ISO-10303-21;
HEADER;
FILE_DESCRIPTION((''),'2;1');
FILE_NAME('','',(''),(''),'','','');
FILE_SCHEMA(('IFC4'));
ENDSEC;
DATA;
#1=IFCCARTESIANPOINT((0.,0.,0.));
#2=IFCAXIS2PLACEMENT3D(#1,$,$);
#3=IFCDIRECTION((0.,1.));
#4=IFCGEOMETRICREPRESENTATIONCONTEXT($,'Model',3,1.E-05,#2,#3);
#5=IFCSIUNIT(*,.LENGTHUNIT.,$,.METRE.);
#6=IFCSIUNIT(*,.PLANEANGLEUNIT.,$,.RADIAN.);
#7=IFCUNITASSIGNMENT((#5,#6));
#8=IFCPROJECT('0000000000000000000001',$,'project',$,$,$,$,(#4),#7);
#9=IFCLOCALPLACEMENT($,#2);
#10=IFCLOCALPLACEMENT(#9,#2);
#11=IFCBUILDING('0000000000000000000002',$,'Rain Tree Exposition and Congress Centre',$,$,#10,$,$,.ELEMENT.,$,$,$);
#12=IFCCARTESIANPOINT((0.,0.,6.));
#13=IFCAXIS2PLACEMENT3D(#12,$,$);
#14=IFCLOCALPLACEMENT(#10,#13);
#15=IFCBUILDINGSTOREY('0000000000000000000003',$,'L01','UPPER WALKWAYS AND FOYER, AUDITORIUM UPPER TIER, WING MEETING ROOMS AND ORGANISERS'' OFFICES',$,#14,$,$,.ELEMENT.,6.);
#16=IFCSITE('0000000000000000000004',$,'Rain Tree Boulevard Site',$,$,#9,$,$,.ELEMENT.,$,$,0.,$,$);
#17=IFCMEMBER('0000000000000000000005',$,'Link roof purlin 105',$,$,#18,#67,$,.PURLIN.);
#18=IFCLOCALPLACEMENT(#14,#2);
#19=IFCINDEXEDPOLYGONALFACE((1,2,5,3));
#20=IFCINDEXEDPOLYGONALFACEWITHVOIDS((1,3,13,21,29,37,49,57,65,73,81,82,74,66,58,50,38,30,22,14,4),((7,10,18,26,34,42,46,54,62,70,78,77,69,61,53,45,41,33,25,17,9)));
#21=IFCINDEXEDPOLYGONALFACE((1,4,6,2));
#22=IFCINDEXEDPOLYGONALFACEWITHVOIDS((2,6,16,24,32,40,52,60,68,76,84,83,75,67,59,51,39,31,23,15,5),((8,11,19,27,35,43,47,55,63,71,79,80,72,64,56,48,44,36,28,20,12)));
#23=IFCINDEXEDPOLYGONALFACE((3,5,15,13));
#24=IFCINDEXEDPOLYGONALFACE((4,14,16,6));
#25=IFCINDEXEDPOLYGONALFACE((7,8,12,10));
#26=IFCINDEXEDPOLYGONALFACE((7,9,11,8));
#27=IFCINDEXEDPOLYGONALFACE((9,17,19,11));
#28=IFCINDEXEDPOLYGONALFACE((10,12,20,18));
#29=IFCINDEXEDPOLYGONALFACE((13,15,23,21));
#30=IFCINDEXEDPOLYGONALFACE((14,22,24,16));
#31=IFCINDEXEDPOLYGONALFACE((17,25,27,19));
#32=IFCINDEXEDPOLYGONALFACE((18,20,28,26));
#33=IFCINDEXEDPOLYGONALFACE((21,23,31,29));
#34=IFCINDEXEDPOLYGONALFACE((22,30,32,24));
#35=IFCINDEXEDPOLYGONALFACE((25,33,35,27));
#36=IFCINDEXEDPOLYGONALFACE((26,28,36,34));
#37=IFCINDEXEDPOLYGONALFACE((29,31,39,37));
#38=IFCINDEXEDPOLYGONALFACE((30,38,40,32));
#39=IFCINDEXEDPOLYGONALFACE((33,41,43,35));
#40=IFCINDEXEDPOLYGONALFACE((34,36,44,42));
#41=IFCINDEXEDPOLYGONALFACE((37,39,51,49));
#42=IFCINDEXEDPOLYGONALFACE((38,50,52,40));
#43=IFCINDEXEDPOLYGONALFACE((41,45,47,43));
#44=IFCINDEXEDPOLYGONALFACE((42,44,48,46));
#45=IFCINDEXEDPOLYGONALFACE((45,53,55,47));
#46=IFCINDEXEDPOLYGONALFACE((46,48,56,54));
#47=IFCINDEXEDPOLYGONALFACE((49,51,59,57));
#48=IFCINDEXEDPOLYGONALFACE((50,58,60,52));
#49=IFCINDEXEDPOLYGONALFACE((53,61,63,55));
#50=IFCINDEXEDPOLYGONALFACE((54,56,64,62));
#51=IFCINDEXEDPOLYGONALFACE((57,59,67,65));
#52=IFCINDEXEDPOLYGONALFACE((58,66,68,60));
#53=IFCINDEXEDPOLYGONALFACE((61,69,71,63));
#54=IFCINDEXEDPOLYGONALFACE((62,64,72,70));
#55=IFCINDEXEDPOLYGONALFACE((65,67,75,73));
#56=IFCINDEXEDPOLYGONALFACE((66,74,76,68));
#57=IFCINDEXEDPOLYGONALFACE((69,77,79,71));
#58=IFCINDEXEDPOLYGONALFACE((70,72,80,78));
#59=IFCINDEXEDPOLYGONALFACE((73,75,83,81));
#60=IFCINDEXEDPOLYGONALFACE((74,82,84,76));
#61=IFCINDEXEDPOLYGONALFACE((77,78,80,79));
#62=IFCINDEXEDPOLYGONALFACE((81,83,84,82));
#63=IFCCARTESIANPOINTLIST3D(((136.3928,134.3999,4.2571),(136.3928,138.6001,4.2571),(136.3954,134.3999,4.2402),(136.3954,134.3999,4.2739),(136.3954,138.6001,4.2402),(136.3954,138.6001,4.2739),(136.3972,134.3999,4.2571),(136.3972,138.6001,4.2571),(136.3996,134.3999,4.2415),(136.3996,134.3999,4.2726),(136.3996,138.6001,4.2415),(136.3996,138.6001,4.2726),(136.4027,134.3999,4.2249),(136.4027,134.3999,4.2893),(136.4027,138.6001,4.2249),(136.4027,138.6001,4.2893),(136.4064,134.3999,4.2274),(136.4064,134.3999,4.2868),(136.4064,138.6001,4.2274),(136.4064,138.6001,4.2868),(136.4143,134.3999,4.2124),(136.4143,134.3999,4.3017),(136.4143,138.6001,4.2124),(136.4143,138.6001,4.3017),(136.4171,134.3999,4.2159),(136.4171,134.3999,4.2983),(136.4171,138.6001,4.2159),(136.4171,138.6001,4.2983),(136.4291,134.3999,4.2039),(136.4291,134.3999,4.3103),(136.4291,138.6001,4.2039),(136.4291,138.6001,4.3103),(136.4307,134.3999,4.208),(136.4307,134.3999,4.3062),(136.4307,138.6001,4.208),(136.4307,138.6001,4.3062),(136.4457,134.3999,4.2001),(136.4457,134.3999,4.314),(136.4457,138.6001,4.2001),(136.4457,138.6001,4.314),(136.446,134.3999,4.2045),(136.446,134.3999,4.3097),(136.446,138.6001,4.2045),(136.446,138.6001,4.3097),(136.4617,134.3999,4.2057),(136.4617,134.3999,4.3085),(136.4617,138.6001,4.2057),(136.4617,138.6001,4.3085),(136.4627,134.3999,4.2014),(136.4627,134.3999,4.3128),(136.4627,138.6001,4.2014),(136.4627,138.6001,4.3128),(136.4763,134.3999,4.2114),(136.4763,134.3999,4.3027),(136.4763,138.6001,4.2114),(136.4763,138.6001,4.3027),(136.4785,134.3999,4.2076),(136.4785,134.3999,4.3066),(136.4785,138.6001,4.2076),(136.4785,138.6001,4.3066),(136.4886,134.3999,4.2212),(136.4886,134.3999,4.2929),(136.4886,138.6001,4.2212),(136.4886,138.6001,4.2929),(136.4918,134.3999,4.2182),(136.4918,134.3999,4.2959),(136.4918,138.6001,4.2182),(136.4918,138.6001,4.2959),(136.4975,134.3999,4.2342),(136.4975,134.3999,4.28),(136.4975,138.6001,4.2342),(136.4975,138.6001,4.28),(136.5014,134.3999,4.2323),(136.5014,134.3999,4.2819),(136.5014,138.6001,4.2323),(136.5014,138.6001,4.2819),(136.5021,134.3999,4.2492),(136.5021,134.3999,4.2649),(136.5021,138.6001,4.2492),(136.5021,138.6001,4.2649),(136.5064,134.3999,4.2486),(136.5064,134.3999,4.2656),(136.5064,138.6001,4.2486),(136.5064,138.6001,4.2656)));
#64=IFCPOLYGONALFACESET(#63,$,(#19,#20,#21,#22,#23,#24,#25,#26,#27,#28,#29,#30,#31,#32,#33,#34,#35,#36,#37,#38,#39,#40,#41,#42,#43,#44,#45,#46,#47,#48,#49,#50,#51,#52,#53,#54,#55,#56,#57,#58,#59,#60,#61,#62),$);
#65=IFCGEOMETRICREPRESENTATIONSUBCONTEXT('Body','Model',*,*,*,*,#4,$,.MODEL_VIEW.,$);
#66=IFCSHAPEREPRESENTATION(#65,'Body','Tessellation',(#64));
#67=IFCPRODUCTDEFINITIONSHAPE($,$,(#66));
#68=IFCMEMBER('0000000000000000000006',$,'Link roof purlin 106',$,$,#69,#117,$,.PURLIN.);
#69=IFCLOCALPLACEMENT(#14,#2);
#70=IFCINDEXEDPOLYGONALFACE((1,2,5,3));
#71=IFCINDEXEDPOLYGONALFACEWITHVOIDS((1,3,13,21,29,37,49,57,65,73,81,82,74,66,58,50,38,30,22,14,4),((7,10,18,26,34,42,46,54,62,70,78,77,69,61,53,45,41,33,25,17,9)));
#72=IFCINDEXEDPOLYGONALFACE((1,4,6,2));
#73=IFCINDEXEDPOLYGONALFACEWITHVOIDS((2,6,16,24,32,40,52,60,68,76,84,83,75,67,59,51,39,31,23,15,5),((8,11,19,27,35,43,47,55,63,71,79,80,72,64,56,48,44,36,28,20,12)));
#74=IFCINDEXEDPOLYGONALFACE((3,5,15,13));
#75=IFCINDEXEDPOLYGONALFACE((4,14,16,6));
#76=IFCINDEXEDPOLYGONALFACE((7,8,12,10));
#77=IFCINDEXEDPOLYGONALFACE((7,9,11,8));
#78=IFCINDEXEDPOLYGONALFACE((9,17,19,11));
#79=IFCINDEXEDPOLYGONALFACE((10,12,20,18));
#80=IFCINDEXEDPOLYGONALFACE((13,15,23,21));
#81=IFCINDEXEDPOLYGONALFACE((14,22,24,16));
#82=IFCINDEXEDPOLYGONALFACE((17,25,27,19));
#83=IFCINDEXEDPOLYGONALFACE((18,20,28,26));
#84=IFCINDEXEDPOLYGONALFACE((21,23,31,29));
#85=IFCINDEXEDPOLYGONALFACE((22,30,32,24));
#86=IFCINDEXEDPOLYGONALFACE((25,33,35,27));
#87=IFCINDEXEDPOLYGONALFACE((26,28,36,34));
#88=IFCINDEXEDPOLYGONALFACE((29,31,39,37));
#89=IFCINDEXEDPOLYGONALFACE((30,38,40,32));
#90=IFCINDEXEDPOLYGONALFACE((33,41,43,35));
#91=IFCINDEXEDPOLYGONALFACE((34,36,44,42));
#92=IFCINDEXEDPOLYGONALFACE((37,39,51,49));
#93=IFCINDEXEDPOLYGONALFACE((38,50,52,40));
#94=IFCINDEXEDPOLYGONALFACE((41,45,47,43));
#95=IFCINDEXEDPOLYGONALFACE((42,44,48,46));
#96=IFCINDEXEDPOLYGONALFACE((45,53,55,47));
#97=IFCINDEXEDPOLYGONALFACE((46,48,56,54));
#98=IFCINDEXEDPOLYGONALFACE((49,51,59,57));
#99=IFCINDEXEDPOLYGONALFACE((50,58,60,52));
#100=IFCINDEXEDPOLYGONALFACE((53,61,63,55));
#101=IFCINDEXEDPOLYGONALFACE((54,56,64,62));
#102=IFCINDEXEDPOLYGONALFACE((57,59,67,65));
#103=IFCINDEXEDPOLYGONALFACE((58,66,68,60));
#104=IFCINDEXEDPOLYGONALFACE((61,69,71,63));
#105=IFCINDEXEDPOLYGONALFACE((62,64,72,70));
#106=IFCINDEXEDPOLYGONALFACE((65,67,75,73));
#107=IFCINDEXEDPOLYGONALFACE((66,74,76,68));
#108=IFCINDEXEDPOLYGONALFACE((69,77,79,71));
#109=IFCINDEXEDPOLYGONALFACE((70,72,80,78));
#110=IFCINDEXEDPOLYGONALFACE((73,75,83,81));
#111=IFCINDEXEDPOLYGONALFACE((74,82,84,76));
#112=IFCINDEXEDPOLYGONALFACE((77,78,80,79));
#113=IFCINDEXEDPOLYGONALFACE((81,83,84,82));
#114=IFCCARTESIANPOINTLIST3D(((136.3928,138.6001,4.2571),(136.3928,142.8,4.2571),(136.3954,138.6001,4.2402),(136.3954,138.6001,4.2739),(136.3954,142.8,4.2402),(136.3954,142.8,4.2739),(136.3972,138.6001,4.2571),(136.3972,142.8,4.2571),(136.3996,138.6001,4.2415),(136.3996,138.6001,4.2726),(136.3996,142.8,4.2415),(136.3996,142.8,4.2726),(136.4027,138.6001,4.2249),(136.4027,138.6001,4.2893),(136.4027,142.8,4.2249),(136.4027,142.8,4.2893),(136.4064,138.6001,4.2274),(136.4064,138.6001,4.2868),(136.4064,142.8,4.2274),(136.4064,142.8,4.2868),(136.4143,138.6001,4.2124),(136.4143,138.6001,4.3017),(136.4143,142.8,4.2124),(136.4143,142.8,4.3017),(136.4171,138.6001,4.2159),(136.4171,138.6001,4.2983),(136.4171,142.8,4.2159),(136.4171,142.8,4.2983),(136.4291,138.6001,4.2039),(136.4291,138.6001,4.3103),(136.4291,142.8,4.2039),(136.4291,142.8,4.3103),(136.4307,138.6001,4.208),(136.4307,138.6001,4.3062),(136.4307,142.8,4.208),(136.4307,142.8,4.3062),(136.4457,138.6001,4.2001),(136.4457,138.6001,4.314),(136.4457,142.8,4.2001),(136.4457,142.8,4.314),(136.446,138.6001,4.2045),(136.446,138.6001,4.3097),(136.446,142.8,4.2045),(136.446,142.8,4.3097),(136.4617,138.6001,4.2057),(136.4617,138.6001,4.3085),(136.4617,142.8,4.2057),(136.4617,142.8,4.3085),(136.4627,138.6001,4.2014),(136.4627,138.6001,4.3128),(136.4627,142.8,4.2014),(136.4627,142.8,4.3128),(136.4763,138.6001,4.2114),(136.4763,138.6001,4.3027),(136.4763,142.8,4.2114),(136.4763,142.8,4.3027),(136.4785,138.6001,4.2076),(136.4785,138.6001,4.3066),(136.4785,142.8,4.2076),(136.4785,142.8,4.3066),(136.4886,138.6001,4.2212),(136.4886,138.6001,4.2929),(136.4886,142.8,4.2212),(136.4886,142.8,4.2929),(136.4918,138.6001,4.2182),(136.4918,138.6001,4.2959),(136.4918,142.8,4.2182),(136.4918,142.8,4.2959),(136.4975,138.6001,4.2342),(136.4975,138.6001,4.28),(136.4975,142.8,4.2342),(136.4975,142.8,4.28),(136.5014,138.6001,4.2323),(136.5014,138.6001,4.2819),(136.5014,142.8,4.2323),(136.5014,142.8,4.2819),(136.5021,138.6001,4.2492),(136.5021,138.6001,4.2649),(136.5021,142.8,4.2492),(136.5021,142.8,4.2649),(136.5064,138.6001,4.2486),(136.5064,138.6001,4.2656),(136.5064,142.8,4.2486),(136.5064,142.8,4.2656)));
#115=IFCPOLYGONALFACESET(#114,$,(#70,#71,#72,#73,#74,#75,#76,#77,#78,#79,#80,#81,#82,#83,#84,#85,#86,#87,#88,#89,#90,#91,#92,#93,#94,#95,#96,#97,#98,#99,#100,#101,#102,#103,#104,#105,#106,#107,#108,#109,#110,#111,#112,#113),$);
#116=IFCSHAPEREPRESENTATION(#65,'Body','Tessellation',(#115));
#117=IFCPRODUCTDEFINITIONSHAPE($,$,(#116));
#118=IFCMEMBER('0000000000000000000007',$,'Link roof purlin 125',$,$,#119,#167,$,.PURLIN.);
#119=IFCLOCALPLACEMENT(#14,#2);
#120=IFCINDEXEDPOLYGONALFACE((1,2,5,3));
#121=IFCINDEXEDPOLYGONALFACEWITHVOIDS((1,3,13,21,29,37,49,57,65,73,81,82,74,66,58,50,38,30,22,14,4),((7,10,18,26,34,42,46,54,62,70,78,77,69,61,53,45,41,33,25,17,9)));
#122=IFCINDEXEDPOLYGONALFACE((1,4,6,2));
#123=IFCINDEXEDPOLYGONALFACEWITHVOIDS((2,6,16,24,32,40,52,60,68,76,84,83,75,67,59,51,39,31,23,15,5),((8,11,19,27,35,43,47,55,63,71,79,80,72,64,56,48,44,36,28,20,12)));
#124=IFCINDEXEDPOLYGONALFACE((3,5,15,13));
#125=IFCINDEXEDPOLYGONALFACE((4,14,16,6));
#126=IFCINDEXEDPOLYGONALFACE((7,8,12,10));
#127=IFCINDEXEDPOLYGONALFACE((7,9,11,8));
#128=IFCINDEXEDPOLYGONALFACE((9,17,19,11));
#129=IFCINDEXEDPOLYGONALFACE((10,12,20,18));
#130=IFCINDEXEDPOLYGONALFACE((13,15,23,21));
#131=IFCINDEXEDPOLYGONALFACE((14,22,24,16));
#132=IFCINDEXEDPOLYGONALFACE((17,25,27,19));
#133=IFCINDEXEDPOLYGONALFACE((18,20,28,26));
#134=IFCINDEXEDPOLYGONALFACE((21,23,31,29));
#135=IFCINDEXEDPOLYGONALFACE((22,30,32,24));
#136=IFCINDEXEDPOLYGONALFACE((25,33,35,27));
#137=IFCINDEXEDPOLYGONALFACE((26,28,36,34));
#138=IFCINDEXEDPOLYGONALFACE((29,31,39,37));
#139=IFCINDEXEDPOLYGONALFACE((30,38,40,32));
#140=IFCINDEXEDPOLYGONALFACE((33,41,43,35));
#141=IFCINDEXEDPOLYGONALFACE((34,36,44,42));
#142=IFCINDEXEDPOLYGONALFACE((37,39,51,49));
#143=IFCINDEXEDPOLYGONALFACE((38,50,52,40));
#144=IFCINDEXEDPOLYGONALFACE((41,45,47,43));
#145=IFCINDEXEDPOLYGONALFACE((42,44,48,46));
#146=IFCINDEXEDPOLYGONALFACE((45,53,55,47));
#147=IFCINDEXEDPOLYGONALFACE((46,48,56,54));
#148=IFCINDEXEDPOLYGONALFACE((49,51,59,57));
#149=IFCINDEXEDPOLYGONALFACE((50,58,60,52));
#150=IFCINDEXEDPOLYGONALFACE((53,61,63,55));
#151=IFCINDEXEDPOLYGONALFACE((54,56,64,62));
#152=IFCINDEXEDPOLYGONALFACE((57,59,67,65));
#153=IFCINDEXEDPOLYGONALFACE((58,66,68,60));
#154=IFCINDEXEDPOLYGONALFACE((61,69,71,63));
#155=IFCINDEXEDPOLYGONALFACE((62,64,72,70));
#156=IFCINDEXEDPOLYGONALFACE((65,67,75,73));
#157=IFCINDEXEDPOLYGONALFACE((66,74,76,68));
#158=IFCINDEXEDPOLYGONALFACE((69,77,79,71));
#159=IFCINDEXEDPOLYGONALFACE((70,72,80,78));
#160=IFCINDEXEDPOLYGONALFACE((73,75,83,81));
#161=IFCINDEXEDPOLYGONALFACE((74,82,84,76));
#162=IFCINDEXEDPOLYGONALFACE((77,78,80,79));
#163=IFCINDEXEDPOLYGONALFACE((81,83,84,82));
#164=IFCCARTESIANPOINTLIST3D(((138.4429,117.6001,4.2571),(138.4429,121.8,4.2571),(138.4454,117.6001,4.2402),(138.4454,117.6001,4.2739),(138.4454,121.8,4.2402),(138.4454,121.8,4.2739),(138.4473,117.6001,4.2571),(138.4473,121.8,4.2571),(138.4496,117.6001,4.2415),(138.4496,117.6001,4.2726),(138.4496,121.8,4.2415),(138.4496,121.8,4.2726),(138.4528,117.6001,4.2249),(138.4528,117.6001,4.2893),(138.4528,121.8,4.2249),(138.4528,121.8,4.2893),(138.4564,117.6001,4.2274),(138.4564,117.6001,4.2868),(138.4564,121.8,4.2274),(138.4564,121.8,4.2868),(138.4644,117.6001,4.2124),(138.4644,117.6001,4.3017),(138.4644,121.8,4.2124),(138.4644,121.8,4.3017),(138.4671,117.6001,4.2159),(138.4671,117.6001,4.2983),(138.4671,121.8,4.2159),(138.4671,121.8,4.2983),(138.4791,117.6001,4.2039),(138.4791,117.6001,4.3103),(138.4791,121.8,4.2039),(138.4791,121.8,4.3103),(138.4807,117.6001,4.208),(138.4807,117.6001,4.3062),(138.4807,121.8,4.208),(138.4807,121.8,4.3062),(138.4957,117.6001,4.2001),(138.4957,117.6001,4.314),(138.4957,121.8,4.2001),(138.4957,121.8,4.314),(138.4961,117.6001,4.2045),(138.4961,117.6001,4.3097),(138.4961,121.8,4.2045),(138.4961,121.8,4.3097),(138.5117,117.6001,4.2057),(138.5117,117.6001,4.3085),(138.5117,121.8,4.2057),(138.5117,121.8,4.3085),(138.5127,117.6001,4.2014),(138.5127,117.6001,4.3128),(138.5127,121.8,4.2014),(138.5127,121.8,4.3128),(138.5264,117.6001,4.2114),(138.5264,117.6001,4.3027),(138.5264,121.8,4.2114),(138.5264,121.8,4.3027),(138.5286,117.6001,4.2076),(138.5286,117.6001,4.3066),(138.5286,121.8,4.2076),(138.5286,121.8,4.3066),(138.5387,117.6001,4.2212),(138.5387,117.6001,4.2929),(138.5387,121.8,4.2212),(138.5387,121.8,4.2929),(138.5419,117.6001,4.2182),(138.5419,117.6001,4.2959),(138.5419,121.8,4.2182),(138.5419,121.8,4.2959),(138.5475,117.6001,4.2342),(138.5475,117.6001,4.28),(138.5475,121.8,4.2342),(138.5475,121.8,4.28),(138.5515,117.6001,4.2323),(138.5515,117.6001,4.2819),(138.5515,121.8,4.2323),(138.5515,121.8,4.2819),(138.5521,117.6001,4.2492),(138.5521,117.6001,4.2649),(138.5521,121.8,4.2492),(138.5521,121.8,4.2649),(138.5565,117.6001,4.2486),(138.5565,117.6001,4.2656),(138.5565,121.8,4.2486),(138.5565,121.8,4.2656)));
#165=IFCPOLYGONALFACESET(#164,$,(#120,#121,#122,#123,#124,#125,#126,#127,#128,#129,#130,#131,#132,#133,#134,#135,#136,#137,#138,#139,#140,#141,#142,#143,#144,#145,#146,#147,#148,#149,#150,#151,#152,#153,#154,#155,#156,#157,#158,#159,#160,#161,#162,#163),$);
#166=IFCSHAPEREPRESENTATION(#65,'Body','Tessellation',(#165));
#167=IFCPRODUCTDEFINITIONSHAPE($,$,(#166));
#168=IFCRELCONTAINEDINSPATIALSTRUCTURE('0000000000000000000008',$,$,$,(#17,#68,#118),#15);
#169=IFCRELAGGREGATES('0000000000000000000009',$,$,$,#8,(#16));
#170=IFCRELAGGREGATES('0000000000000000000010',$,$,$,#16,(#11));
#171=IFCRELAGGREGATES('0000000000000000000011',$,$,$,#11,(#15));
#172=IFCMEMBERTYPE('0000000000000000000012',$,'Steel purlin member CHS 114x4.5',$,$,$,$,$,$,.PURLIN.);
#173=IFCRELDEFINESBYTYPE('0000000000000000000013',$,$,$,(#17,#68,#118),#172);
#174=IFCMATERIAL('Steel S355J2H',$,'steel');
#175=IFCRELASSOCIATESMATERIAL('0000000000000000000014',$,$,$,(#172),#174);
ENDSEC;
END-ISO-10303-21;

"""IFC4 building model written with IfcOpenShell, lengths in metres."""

from ifc_helpers import new_model, si_unit, direction, frame, origin, origin_2d, place, context, subcontext, project, spatial, hollow_circle, extrude, material, material_profile, profile_set, type_object, element, save


model = new_model("IFC4")

# Units and contexts
model_context = context("Model", 3, precision=1e-05, world=origin(), true_north=direction((0.0, 1.0)))
body_context = subcontext(model_context, "Body", "Model", "MODEL_VIEW")
ifc_project = project(units=[si_unit("LENGTHUNIT", "METRE"), si_unit("PLANEANGLEUNIT", "RADIAN")], contexts=[model_context])

# Site, building, storey
site_placement = place(None, origin())
site = spatial("IfcSite", under=ifc_project, at=site_placement, Name="Rain Tree Boulevard Site", CompositionType="ELEMENT", RefElevation=0.0)
building_placement = place(site_placement, origin())
building = spatial("IfcBuilding", under=site, at=building_placement, Name="Rain Tree Exposition and Congress Centre", CompositionType="ELEMENT")
storey_placement = place(building_placement, frame((0.0, 0.0, 6.0)))
storey = spatial("IfcBuildingStorey", under=building, at=storey_placement, Name="L01", Description="UPPER WALKWAYS AND FOYER, AUDITORIUM UPPER TIER, WING MEETING ROOMS AND ORGANISERS' OFFICES", CompositionType="ELEMENT", Elevation=6.0)

# Members
ifc_material = material(Name="Steel S355J2H", Category="steel")
ifc_material_profile = material_profile(ifc_material, hollow_circle(Radius=0.0571, WallThickness=0.0044, at=origin_2d()), Name="CHS 114x4.5")
ifc_profile_set = profile_set([ifc_material_profile], Name="Steel S355J2H")
member_type = type_object("IfcMemberType", Name="Steel purlin member CHS 114x4.5", PredefinedType="PURLIN", material=ifc_profile_set)
member_1_placement = place(storey_placement, frame((136.45, 134.3999, 4.2571), z_axis=(0.0, 1.0, 0.0), x_axis=(-1.0, 0.0, 0.0)))
element("IfcMember", 1, at=member_1_placement, inside=storey, type_object=member_type, Name="Link roof purlin 105", PredefinedType="PURLIN", context=body_context, shape_type="SweptSolid", body=[
    extrude(hollow_circle(Radius=0.0571, WallThickness=0.0044, at=origin_2d()), origin(), (0.0, 0.0, 1.0), 4.2002),
])
for number, where, z_axis, x_axis, name in (
    (2, (136.45, 138.6001, 4.2571), (0.0, 1.0, 0.0), (-1.0, 0.0, 0.0), "Link roof purlin 106"),
    (3, (138.5, 117.6001, 4.2571), (0.0, 1.0, 0.0), (-1.0, 0.0, 0.0), "Link roof purlin 125"),
):
    element("IfcMember", number, at=place(storey_placement, frame(where, z_axis=z_axis, x_axis=x_axis)), inside=storey, type_object=member_type, Name=name, PredefinedType="PURLIN", context=body_context, shape_type="SweptSolid", body=[
        extrude(hollow_circle(Radius=0.0571, WallThickness=0.0044, at=origin_2d()), origin(), (0.0, 0.0, 1.0), 4.2),
    ])

save(model, "model.ifc")
